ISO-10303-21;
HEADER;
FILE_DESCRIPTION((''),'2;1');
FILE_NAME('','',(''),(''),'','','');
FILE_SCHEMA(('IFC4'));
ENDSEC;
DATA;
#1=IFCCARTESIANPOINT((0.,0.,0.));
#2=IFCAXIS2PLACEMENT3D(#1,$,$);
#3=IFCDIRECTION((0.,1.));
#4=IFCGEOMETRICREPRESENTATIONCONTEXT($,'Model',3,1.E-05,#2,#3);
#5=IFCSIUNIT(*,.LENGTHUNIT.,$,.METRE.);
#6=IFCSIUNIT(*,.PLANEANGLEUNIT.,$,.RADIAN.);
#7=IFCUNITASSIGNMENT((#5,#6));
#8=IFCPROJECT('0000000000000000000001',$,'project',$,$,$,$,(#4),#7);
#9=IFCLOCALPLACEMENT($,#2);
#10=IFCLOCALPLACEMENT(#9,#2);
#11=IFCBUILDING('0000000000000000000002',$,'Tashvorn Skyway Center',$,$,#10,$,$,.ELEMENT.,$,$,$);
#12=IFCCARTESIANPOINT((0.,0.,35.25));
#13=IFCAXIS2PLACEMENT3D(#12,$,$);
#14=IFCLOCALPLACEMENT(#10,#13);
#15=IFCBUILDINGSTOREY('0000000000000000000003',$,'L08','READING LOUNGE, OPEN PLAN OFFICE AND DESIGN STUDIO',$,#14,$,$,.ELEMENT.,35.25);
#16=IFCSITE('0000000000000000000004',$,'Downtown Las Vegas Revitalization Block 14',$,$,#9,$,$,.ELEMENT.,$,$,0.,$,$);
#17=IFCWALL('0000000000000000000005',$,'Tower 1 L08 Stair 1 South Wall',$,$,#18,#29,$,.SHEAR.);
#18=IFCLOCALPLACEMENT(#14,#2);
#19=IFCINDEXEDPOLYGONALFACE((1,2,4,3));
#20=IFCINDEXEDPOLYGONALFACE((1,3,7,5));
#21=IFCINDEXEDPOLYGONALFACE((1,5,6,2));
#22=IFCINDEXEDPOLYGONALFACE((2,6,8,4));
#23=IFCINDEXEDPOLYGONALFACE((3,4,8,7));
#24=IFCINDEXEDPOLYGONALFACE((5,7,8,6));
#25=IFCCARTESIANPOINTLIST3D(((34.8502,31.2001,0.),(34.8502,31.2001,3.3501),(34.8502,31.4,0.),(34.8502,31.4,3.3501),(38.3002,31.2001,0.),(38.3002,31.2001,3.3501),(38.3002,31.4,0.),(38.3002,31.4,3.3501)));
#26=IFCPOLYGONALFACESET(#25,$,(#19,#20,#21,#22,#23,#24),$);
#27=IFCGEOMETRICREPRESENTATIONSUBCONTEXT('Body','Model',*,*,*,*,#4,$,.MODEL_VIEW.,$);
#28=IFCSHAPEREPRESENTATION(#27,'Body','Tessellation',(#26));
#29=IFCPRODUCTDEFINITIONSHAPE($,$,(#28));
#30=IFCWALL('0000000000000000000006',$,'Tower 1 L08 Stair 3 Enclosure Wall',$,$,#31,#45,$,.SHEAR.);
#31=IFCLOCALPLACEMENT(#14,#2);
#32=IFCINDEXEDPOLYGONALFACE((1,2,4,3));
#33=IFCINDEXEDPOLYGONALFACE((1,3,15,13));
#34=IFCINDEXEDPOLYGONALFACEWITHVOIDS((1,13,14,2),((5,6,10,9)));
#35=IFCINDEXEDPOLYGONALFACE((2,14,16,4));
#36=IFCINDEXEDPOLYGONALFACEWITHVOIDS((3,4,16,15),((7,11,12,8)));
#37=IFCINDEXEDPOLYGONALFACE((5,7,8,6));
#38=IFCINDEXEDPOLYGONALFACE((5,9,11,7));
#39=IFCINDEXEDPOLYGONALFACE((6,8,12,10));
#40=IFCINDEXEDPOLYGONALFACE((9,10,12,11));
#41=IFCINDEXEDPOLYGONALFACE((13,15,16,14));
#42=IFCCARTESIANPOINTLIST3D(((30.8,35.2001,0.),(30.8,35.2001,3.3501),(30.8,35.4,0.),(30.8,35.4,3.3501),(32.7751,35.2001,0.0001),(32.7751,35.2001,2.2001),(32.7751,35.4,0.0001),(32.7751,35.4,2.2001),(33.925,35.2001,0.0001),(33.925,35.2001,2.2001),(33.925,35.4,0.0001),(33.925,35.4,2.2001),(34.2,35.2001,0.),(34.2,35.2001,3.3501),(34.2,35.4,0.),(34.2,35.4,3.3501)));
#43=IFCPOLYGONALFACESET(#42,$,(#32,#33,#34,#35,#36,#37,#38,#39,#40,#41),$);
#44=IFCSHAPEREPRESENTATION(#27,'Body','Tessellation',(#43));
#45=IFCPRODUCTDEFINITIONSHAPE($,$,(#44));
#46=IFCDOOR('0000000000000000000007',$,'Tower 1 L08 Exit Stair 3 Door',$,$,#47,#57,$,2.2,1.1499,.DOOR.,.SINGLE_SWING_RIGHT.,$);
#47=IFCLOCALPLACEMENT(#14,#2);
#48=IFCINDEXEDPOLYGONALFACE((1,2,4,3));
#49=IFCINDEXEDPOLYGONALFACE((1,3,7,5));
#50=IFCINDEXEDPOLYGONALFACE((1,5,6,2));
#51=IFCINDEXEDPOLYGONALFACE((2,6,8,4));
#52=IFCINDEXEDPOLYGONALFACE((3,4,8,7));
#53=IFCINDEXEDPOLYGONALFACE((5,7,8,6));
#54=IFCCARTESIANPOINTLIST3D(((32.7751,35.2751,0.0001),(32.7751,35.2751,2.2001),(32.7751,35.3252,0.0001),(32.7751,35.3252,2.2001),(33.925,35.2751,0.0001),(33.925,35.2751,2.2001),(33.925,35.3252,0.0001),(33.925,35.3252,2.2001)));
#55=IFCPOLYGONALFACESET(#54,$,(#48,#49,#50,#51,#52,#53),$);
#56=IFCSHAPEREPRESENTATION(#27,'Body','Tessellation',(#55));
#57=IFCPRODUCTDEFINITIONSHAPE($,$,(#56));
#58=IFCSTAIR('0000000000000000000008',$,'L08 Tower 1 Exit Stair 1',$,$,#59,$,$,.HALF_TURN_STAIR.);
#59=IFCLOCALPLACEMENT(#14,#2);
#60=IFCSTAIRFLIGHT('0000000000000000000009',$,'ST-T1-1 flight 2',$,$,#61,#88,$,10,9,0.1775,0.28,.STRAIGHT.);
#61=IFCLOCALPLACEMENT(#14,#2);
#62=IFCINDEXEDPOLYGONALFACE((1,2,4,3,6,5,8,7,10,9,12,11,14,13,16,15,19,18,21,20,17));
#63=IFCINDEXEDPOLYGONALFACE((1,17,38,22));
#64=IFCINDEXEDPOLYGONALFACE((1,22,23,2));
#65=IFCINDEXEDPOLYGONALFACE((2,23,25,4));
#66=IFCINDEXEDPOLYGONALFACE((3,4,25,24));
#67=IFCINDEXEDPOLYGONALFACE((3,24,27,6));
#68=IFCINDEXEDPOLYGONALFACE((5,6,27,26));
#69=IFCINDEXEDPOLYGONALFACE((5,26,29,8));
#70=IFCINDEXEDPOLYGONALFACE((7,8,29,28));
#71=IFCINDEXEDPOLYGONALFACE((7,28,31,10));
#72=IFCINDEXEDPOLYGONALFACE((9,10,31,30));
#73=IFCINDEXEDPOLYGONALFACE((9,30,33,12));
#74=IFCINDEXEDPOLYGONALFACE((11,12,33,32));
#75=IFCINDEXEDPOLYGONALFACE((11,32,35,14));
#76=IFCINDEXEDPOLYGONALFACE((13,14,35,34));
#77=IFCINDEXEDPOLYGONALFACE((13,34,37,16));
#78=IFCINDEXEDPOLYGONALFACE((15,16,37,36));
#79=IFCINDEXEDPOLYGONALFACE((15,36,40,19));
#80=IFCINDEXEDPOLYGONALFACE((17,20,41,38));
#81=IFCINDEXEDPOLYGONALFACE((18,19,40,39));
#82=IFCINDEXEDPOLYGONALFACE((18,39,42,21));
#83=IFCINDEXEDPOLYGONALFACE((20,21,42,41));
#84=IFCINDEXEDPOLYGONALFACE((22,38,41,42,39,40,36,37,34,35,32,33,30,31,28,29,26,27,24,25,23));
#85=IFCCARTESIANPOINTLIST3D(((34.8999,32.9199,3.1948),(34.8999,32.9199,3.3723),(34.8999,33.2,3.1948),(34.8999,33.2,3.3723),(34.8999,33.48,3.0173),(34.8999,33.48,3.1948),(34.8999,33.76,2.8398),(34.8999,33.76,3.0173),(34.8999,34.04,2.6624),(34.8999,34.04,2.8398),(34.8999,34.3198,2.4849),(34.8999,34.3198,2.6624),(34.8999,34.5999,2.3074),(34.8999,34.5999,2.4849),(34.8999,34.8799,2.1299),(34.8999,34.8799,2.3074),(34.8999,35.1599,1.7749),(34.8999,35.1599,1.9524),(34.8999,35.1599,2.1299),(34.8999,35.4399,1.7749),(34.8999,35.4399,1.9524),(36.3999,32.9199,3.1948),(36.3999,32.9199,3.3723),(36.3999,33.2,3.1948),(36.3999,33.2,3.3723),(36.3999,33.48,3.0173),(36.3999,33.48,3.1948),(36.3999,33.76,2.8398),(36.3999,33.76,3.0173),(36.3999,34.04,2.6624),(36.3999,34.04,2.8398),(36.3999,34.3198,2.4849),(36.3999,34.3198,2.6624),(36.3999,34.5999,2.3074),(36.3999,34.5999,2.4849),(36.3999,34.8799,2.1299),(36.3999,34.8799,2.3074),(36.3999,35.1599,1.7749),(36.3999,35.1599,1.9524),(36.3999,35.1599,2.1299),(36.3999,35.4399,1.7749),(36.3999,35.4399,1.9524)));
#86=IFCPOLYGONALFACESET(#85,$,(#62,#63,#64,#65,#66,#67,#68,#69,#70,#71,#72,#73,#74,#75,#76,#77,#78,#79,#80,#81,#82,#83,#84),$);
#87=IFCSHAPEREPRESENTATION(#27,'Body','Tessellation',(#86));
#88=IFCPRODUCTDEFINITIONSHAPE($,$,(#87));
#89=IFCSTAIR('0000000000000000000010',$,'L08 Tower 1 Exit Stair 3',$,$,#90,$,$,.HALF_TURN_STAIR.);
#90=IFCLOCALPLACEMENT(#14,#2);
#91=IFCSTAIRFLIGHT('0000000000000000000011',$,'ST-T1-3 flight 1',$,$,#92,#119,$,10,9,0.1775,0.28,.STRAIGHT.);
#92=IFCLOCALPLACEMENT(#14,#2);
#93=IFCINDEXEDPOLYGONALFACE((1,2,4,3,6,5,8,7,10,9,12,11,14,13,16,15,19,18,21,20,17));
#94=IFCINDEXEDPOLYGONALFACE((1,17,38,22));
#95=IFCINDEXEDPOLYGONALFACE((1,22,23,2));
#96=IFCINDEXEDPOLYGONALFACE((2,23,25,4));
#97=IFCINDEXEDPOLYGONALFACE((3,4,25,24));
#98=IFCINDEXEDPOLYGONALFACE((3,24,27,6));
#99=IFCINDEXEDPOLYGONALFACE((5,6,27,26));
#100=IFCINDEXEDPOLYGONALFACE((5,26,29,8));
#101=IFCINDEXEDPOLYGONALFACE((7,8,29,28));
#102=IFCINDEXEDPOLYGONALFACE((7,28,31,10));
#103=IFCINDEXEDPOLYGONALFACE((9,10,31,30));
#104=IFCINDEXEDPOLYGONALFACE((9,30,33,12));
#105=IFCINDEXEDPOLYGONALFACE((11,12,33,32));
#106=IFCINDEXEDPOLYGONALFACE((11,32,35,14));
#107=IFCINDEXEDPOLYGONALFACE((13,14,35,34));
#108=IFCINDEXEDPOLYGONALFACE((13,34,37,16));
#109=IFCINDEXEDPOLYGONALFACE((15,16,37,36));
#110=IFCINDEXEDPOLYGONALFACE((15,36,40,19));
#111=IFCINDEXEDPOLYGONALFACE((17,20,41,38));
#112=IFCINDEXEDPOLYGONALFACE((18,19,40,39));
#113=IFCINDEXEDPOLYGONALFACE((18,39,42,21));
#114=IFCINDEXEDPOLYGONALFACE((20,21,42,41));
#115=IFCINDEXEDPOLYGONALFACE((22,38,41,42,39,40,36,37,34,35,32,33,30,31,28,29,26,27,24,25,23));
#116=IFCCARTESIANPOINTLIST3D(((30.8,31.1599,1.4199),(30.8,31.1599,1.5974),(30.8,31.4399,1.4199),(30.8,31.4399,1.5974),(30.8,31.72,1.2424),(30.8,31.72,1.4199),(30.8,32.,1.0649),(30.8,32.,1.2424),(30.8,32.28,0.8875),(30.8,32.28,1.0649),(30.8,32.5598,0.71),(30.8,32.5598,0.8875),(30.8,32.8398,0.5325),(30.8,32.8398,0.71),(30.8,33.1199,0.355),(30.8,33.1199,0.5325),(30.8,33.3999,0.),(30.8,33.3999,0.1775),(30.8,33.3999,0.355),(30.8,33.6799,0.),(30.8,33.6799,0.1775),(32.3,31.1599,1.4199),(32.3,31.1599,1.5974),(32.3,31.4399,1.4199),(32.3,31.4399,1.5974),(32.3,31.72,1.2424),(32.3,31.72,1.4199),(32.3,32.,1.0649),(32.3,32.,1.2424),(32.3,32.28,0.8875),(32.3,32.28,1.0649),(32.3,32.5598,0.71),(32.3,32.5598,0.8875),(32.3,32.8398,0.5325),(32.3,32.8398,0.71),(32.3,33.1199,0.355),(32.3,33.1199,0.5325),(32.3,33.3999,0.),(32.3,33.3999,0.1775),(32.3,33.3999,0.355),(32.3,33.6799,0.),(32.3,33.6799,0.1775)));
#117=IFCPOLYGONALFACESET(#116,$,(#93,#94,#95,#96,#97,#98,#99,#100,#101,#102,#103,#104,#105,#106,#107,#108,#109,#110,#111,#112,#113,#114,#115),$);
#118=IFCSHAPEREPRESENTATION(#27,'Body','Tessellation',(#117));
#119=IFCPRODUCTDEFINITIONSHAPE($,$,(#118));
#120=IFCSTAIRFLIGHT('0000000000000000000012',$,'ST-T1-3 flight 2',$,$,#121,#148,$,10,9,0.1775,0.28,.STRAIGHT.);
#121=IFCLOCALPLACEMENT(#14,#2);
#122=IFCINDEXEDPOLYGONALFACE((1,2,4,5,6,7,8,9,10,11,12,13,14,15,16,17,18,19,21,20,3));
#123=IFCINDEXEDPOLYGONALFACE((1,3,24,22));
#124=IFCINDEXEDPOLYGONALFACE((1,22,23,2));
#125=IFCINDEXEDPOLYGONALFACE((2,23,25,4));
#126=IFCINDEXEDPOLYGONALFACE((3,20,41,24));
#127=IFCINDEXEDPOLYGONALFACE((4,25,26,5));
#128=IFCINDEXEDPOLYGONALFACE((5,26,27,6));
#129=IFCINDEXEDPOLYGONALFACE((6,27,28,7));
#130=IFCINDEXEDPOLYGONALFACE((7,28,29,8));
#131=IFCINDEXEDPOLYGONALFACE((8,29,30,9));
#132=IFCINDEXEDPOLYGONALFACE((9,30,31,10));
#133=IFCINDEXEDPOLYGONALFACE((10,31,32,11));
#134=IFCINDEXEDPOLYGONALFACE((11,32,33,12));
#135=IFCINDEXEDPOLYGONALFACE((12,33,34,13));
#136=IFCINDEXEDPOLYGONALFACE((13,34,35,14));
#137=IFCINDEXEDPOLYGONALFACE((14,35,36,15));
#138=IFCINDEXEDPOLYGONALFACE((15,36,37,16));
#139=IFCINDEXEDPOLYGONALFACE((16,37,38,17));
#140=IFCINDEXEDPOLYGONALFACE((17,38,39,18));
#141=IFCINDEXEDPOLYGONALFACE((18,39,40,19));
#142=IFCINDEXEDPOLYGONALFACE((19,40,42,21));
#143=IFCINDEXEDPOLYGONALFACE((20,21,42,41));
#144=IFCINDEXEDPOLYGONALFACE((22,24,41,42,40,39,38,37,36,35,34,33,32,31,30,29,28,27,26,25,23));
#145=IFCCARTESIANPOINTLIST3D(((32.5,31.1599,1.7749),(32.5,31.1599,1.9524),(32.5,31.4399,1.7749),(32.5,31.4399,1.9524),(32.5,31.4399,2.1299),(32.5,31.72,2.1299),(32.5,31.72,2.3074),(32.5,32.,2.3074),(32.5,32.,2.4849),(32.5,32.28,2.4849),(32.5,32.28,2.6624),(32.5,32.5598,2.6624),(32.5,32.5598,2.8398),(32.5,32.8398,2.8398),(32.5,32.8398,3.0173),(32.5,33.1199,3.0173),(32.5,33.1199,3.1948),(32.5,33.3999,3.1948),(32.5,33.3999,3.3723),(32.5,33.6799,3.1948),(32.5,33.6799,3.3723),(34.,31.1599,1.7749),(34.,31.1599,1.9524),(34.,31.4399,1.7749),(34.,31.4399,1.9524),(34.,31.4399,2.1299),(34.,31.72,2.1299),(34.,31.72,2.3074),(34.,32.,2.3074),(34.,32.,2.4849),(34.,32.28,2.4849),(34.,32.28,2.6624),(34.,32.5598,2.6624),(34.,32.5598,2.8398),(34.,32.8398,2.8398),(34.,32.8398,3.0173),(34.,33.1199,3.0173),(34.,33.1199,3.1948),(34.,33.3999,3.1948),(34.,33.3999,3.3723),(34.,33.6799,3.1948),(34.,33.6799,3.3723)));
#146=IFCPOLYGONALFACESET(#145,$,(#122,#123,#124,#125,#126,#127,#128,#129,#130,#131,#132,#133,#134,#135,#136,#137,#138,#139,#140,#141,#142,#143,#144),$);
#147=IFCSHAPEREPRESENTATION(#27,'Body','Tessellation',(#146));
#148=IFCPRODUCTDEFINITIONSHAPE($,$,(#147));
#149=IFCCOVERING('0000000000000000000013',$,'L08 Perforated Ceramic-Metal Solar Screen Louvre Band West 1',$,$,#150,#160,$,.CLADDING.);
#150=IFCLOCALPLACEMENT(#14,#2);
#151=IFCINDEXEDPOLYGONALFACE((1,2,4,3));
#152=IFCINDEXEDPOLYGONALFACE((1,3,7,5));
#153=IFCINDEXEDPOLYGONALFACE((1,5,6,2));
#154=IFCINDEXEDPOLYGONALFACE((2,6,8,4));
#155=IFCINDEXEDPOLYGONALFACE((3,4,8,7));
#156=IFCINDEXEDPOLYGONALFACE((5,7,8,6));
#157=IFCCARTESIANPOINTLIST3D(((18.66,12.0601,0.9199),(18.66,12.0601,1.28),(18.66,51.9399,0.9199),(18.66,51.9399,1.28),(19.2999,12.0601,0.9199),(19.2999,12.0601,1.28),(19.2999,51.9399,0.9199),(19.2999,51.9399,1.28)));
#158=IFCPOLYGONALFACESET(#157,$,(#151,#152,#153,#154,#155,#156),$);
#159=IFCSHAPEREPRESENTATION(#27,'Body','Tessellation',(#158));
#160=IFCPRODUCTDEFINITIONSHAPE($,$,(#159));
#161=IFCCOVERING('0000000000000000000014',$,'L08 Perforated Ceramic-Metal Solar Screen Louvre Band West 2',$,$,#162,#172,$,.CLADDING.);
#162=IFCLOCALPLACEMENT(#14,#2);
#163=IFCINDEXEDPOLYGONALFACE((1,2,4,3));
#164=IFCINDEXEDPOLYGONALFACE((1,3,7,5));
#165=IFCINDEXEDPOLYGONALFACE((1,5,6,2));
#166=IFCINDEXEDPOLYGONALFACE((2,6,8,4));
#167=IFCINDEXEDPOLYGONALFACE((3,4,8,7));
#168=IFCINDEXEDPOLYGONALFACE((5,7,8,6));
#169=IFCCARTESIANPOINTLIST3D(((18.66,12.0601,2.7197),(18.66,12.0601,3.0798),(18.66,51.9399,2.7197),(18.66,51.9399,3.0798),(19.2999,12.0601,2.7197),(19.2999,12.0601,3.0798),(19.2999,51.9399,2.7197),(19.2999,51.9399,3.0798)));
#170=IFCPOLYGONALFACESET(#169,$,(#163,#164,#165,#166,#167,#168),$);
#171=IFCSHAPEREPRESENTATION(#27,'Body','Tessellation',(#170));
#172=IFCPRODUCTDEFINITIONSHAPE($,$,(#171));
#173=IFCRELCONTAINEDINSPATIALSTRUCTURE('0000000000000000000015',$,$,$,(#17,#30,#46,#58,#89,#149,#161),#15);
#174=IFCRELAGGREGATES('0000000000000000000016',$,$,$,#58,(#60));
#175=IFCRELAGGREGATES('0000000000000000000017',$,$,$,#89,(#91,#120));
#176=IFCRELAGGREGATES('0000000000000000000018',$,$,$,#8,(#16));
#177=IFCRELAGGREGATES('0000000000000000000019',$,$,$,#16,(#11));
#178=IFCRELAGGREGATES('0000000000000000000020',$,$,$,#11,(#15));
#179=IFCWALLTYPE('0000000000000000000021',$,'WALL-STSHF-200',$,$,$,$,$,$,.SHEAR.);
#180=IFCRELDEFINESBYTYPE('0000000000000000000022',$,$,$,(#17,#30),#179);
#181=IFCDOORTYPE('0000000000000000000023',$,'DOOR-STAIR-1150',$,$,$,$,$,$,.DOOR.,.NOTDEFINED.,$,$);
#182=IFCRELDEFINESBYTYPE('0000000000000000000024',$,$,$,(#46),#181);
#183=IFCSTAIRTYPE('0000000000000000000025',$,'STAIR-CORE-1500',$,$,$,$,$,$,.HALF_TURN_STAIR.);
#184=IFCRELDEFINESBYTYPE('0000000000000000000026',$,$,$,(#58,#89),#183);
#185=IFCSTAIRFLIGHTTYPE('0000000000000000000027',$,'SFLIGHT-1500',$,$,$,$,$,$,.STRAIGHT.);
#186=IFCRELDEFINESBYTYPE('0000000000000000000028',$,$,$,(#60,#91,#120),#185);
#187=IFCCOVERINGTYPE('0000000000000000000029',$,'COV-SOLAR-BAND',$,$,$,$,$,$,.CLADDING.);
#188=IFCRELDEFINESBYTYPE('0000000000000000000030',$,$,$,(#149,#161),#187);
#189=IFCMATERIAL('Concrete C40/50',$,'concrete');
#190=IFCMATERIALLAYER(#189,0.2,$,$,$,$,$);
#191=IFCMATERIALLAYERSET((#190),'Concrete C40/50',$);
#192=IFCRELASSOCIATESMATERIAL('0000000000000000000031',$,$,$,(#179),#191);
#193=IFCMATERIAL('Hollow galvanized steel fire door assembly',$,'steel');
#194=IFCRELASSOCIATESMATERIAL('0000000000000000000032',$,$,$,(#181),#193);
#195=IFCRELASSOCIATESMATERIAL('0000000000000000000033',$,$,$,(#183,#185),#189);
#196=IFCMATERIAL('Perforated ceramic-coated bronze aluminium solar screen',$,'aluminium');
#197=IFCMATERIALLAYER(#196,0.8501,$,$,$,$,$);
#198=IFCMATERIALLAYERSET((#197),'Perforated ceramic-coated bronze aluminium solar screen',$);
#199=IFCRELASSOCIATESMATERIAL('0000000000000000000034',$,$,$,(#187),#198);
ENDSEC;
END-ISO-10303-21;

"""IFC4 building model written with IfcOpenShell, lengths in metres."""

from ifc_helpers import new_model, si_unit, direction, frame, frame_2d, origin, origin_2d, place, context, subcontext, project, spatial, polyline, rectangle, outline, extrude, material, layer, layer_set, type_object, element, fill, aggregate, save


model = new_model("IFC4")

# Units and contexts
model_context = context("Model", 3, precision=1e-05, world=origin(), true_north=direction((0.0, 1.0)))
body_context = subcontext(model_context, "Body", "Model", "MODEL_VIEW")
ifc_project = project(units=[si_unit("LENGTHUNIT", "METRE"), si_unit("PLANEANGLEUNIT", "RADIAN")], contexts=[model_context])

# Site, building, storey
site_placement = place(None, origin())
site = spatial("IfcSite", under=ifc_project, at=site_placement, Name="Downtown Las Vegas Revitalization Block 14", CompositionType="ELEMENT", RefElevation=0.0)
building_placement = place(site_placement, origin())
building = spatial("IfcBuilding", under=site, at=building_placement, Name="Tashvorn Skyway Center", CompositionType="ELEMENT")
storey_placement = place(building_placement, frame((0.0, 0.0, 35.25)))
storey = spatial("IfcBuildingStorey", under=building, at=storey_placement, Name="L08", Description="READING LOUNGE, OPEN PLAN OFFICE AND DESIGN STUDIO", CompositionType="ELEMENT", Elevation=35.25)

# Wall
ifc_material_1 = material(Name="Concrete C40/50", Category="concrete")
ifc_layer_1 = layer(ifc_material_1, 0.2)
ifc_layer_set_1 = layer_set([ifc_layer_1], Name="Concrete C40/50")
wall_type_1 = type_object("IfcWallType", Name="WALL-STSHF-200", PredefinedType="SHEAR", material=ifc_layer_set_1)
wall_1_placement = place(storey_placement, frame((34.8501, 31.3, 0.0), z_axis=(0.0, 0.0, 1.0), x_axis=(1.0, 0.0, 0.0)))
element("IfcWall", 1, at=wall_1_placement, inside=storey, type_object=wall_type_1, Name="Tower 1 L08 Stair 1 South Wall", PredefinedType="SHEAR", context=body_context, shape_type="SweptSolid", body=[
    extrude(rectangle(XDim=3.45, YDim=0.2, at=frame_2d((1.7251, 0.0))), origin(), (0.0, 0.0, 1.0), 3.3501),
])

# Wall, opening, door
wall_2_placement = place(storey_placement, frame((34.2, 35.3, 0.0), z_axis=(0.0, 0.0, 1.0), x_axis=(-1.0, 0.0, 0.0)))
wall_2 = element("IfcWall", 2, at=wall_2_placement, inside=storey, type_object=wall_type_1, Name="Tower 1 L08 Stair 3 Enclosure Wall", PredefinedType="SHEAR", context=body_context, shape_type="SweptSolid", body=[
    extrude(rectangle(XDim=3.3999, YDim=0.2, at=frame_2d((1.7, 0.0))), origin(), (0.0, 0.0, 1.0), 3.3501),
])
opening_placement = place(wall_2_placement, frame((0.2749, 0.0, 0.0)))
opening = element("IfcOpeningElement", 3, at=opening_placement, cuts=wall_2, PredefinedType="OPENING", context=body_context, shape_type="SweptSolid", body=[
    extrude(rectangle(XDim=1.1499, YDim=2.2, at=frame_2d((0.575, 1.1001))), frame((0.0, 0.1099, 0.0), z_axis=(0.0, -1.0, 0.0), x_axis=(1.0, 0.0, 0.0)), (0.0, 0.0, 1.0), 0.22),
])
ifc_material_2 = material(Name="Hollow galvanized steel fire door assembly", Category="steel")
door_type = type_object("IfcDoorType", Name="DOOR-STAIR-1150", OperationType="NOTDEFINED", PredefinedType="DOOR", material=ifc_material_2)
door_placement = place(opening_placement, origin())
door = element("IfcDoor", 4, at=door_placement, inside=storey, type_object=door_type, Name="Tower 1 L08 Exit Stair 3 Door", OperationType="SINGLE_SWING_RIGHT", OverallHeight=2.2, OverallWidth=1.1499, PredefinedType="DOOR", context=body_context, shape_type="SweptSolid", body=[
    extrude(rectangle(XDim=1.1499, YDim=2.2, at=frame_2d((0.575, 1.1001))), frame((0.0, 0.0249, 0.0), z_axis=(0.0, -1.0, 0.0), x_axis=(1.0, 0.0, 0.0)), (0.0, 0.0, 1.0), 0.05),
])
fill(opening, door)

# Stair, stair flight
stair_type = type_object("IfcStairType", Name="STAIR-CORE-1500", PredefinedType="HALF_TURN_STAIR", material=ifc_material_1)
stair_1_placement = place(storey_placement, origin())
stair_1 = element("IfcStair", 5, at=stair_1_placement, inside=storey, type_object=stair_type, Name="L08 Tower 1 Exit Stair 1", PredefinedType="HALF_TURN_STAIR")
stair_flight_type = type_object("IfcStairFlightType", Name="SFLIGHT-1500", PredefinedType="STRAIGHT", material=ifc_material_1)
stair_flight_1_placement = place(storey_placement, frame((35.6499, 35.4399, 1.7749), z_axis=(0.0, 0.0, 1.0), x_axis=(0.0, -1.0, 0.0)))
stair_flight_1 = element("IfcStairFlight", 6, at=stair_flight_1_placement, type_object=stair_flight_type, Name="ST-T1-1 flight 2", NumberOfRisers=10, NumberOfTreads=9, PredefinedType="STRAIGHT", RiserHeight=0.1775, TreadLength=0.28, context=body_context, shape_type="SweptSolid", body=[
    extrude(outline(polyline([(0.0, 0.0), (0.0, 0.1775), (0.28, 0.1775), (0.28, 0.355), (0.5601, 0.355), (0.5601, 0.5325), (0.8401, 0.5325), (0.8401, 0.71), (1.1201, 0.71), (1.1201, 0.8875), (1.3999, 0.8875), (1.3999, 1.0649), (1.6799, 1.0649), (1.6799, 1.2424), (1.96, 1.2424), (1.96, 1.4199), (2.24, 1.4199), (2.24, 1.5974), (2.52, 1.5974), (2.52, 1.7749), (2.52, 1.4199), (0.28, 0.0), (0.0, 0.0)])), frame((0.0, 0.75, 0.0), z_axis=(0.0, -1.0, 0.0), x_axis=(1.0, 0.0, 0.0)), (0.0, 0.0, 1.0), 1.5),
])
aggregate(stair_1, [stair_flight_1])

# Stair, stair flights
stair_2_placement = place(storey_placement, origin())
stair_2 = element("IfcStair", 7, at=stair_2_placement, inside=storey, type_object=stair_type, Name="L08 Tower 1 Exit Stair 3", PredefinedType="HALF_TURN_STAIR")
stair_flight_2_placement = place(storey_placement, frame((31.55, 33.6799, 0.0), z_axis=(0.0, 0.0, 1.0), x_axis=(0.0, -1.0, 0.0)))
stair_flight_2 = element("IfcStairFlight", 8, at=stair_flight_2_placement, type_object=stair_flight_type, Name="ST-T1-3 flight 1", NumberOfRisers=10, NumberOfTreads=9, PredefinedType="STRAIGHT", RiserHeight=0.1775, TreadLength=0.28, context=body_context, shape_type="SweptSolid", body=[
    extrude(outline(polyline([(0.0, 0.0), (0.0, 0.1775), (0.28, 0.1775), (0.28, 0.355), (0.5601, 0.355), (0.5601, 0.5325), (0.8401, 0.5325), (0.8401, 0.71), (1.1201, 0.71), (1.1201, 0.8875), (1.3999, 0.8875), (1.3999, 1.0649), (1.6799, 1.0649), (1.6799, 1.2424), (1.96, 1.2424), (1.96, 1.4199), (2.24, 1.4199), (2.24, 1.5974), (2.52, 1.5974), (2.52, 1.7749), (2.52, 1.4199), (0.28, 0.0), (0.0, 0.0)])), frame((0.0, 0.75, 0.0), z_axis=(0.0, -1.0, 0.0), x_axis=(1.0, 0.0, 0.0)), (0.0, 0.0, 1.0), 1.5),
])
stair_flight_3_placement = place(storey_placement, frame((33.25, 31.1599, 1.7749), z_axis=(0.0, 0.0, 1.0), x_axis=(0.0, 1.0, 0.0)))
stair_flight_3 = element("IfcStairFlight", 9, at=stair_flight_3_placement, type_object=stair_flight_type, Name="ST-T1-3 flight 2", NumberOfRisers=10, NumberOfTreads=9, PredefinedType="STRAIGHT", RiserHeight=0.1775, TreadLength=0.28, context=body_context, shape_type="SweptSolid", body=[
    extrude(outline(polyline([(0.0, 0.0), (0.0, 0.1775), (0.28, 0.1775), (0.28, 0.355), (0.5601, 0.355), (0.5601, 0.5325), (0.8401, 0.5325), (0.8401, 0.71), (1.1201, 0.71), (1.1201, 0.8875), (1.3999, 0.8875), (1.3999, 1.0649), (1.6799, 1.0649), (1.6799, 1.2424), (1.96, 1.2424), (1.96, 1.4199), (2.24, 1.4199), (2.24, 1.5974), (2.52, 1.5974), (2.52, 1.7749), (2.52, 1.4199), (0.28, 0.0), (0.0, 0.0)])), frame((0.0, 0.75, 0.0), z_axis=(0.0, -1.0, 0.0), x_axis=(1.0, 0.0, 0.0)), (0.0, 0.0, 1.0), 1.5),
])
aggregate(stair_2, [stair_flight_2, stair_flight_3])

# Coverings
ifc_material_3 = material(Name="Perforated ceramic-coated bronze aluminium solar screen", Category="aluminium")
ifc_layer_2 = layer(ifc_material_3, 0.8501)
ifc_layer_set_2 = layer_set([ifc_layer_2], Name="Perforated ceramic-coated bronze aluminium solar screen")
covering_type = type_object("IfcCoveringType", Name="COV-SOLAR-BAND", PredefinedType="CLADDING", material=ifc_layer_set_2)
for number, where, z_axis, x_axis, name in (
    (10, (18.98, 32.0, 0.9199), (0.0, 0.0, 1.0), (0.0, 1.0, 0.0), "L08 Perforated Ceramic-Metal Solar Screen Louvre Band West 1"),
    (11, (18.98, 32.0, 2.7197), (0.0, 0.0, 1.0), (0.0, 1.0, 0.0), "L08 Perforated Ceramic-Metal Solar Screen Louvre Band West 2"),
):
    element("IfcCovering", number, at=place(storey_placement, frame(where, z_axis=z_axis, x_axis=x_axis)), inside=storey, type_object=covering_type, Name=name, PredefinedType="CLADDING", context=body_context, shape_type="SweptSolid", body=[
        extrude(rectangle(XDim=39.8799, YDim=0.6399, at=origin_2d()), origin(), (0.0, 0.0, 1.0), 0.3601),
    ])

save(model, "model.ifc")
